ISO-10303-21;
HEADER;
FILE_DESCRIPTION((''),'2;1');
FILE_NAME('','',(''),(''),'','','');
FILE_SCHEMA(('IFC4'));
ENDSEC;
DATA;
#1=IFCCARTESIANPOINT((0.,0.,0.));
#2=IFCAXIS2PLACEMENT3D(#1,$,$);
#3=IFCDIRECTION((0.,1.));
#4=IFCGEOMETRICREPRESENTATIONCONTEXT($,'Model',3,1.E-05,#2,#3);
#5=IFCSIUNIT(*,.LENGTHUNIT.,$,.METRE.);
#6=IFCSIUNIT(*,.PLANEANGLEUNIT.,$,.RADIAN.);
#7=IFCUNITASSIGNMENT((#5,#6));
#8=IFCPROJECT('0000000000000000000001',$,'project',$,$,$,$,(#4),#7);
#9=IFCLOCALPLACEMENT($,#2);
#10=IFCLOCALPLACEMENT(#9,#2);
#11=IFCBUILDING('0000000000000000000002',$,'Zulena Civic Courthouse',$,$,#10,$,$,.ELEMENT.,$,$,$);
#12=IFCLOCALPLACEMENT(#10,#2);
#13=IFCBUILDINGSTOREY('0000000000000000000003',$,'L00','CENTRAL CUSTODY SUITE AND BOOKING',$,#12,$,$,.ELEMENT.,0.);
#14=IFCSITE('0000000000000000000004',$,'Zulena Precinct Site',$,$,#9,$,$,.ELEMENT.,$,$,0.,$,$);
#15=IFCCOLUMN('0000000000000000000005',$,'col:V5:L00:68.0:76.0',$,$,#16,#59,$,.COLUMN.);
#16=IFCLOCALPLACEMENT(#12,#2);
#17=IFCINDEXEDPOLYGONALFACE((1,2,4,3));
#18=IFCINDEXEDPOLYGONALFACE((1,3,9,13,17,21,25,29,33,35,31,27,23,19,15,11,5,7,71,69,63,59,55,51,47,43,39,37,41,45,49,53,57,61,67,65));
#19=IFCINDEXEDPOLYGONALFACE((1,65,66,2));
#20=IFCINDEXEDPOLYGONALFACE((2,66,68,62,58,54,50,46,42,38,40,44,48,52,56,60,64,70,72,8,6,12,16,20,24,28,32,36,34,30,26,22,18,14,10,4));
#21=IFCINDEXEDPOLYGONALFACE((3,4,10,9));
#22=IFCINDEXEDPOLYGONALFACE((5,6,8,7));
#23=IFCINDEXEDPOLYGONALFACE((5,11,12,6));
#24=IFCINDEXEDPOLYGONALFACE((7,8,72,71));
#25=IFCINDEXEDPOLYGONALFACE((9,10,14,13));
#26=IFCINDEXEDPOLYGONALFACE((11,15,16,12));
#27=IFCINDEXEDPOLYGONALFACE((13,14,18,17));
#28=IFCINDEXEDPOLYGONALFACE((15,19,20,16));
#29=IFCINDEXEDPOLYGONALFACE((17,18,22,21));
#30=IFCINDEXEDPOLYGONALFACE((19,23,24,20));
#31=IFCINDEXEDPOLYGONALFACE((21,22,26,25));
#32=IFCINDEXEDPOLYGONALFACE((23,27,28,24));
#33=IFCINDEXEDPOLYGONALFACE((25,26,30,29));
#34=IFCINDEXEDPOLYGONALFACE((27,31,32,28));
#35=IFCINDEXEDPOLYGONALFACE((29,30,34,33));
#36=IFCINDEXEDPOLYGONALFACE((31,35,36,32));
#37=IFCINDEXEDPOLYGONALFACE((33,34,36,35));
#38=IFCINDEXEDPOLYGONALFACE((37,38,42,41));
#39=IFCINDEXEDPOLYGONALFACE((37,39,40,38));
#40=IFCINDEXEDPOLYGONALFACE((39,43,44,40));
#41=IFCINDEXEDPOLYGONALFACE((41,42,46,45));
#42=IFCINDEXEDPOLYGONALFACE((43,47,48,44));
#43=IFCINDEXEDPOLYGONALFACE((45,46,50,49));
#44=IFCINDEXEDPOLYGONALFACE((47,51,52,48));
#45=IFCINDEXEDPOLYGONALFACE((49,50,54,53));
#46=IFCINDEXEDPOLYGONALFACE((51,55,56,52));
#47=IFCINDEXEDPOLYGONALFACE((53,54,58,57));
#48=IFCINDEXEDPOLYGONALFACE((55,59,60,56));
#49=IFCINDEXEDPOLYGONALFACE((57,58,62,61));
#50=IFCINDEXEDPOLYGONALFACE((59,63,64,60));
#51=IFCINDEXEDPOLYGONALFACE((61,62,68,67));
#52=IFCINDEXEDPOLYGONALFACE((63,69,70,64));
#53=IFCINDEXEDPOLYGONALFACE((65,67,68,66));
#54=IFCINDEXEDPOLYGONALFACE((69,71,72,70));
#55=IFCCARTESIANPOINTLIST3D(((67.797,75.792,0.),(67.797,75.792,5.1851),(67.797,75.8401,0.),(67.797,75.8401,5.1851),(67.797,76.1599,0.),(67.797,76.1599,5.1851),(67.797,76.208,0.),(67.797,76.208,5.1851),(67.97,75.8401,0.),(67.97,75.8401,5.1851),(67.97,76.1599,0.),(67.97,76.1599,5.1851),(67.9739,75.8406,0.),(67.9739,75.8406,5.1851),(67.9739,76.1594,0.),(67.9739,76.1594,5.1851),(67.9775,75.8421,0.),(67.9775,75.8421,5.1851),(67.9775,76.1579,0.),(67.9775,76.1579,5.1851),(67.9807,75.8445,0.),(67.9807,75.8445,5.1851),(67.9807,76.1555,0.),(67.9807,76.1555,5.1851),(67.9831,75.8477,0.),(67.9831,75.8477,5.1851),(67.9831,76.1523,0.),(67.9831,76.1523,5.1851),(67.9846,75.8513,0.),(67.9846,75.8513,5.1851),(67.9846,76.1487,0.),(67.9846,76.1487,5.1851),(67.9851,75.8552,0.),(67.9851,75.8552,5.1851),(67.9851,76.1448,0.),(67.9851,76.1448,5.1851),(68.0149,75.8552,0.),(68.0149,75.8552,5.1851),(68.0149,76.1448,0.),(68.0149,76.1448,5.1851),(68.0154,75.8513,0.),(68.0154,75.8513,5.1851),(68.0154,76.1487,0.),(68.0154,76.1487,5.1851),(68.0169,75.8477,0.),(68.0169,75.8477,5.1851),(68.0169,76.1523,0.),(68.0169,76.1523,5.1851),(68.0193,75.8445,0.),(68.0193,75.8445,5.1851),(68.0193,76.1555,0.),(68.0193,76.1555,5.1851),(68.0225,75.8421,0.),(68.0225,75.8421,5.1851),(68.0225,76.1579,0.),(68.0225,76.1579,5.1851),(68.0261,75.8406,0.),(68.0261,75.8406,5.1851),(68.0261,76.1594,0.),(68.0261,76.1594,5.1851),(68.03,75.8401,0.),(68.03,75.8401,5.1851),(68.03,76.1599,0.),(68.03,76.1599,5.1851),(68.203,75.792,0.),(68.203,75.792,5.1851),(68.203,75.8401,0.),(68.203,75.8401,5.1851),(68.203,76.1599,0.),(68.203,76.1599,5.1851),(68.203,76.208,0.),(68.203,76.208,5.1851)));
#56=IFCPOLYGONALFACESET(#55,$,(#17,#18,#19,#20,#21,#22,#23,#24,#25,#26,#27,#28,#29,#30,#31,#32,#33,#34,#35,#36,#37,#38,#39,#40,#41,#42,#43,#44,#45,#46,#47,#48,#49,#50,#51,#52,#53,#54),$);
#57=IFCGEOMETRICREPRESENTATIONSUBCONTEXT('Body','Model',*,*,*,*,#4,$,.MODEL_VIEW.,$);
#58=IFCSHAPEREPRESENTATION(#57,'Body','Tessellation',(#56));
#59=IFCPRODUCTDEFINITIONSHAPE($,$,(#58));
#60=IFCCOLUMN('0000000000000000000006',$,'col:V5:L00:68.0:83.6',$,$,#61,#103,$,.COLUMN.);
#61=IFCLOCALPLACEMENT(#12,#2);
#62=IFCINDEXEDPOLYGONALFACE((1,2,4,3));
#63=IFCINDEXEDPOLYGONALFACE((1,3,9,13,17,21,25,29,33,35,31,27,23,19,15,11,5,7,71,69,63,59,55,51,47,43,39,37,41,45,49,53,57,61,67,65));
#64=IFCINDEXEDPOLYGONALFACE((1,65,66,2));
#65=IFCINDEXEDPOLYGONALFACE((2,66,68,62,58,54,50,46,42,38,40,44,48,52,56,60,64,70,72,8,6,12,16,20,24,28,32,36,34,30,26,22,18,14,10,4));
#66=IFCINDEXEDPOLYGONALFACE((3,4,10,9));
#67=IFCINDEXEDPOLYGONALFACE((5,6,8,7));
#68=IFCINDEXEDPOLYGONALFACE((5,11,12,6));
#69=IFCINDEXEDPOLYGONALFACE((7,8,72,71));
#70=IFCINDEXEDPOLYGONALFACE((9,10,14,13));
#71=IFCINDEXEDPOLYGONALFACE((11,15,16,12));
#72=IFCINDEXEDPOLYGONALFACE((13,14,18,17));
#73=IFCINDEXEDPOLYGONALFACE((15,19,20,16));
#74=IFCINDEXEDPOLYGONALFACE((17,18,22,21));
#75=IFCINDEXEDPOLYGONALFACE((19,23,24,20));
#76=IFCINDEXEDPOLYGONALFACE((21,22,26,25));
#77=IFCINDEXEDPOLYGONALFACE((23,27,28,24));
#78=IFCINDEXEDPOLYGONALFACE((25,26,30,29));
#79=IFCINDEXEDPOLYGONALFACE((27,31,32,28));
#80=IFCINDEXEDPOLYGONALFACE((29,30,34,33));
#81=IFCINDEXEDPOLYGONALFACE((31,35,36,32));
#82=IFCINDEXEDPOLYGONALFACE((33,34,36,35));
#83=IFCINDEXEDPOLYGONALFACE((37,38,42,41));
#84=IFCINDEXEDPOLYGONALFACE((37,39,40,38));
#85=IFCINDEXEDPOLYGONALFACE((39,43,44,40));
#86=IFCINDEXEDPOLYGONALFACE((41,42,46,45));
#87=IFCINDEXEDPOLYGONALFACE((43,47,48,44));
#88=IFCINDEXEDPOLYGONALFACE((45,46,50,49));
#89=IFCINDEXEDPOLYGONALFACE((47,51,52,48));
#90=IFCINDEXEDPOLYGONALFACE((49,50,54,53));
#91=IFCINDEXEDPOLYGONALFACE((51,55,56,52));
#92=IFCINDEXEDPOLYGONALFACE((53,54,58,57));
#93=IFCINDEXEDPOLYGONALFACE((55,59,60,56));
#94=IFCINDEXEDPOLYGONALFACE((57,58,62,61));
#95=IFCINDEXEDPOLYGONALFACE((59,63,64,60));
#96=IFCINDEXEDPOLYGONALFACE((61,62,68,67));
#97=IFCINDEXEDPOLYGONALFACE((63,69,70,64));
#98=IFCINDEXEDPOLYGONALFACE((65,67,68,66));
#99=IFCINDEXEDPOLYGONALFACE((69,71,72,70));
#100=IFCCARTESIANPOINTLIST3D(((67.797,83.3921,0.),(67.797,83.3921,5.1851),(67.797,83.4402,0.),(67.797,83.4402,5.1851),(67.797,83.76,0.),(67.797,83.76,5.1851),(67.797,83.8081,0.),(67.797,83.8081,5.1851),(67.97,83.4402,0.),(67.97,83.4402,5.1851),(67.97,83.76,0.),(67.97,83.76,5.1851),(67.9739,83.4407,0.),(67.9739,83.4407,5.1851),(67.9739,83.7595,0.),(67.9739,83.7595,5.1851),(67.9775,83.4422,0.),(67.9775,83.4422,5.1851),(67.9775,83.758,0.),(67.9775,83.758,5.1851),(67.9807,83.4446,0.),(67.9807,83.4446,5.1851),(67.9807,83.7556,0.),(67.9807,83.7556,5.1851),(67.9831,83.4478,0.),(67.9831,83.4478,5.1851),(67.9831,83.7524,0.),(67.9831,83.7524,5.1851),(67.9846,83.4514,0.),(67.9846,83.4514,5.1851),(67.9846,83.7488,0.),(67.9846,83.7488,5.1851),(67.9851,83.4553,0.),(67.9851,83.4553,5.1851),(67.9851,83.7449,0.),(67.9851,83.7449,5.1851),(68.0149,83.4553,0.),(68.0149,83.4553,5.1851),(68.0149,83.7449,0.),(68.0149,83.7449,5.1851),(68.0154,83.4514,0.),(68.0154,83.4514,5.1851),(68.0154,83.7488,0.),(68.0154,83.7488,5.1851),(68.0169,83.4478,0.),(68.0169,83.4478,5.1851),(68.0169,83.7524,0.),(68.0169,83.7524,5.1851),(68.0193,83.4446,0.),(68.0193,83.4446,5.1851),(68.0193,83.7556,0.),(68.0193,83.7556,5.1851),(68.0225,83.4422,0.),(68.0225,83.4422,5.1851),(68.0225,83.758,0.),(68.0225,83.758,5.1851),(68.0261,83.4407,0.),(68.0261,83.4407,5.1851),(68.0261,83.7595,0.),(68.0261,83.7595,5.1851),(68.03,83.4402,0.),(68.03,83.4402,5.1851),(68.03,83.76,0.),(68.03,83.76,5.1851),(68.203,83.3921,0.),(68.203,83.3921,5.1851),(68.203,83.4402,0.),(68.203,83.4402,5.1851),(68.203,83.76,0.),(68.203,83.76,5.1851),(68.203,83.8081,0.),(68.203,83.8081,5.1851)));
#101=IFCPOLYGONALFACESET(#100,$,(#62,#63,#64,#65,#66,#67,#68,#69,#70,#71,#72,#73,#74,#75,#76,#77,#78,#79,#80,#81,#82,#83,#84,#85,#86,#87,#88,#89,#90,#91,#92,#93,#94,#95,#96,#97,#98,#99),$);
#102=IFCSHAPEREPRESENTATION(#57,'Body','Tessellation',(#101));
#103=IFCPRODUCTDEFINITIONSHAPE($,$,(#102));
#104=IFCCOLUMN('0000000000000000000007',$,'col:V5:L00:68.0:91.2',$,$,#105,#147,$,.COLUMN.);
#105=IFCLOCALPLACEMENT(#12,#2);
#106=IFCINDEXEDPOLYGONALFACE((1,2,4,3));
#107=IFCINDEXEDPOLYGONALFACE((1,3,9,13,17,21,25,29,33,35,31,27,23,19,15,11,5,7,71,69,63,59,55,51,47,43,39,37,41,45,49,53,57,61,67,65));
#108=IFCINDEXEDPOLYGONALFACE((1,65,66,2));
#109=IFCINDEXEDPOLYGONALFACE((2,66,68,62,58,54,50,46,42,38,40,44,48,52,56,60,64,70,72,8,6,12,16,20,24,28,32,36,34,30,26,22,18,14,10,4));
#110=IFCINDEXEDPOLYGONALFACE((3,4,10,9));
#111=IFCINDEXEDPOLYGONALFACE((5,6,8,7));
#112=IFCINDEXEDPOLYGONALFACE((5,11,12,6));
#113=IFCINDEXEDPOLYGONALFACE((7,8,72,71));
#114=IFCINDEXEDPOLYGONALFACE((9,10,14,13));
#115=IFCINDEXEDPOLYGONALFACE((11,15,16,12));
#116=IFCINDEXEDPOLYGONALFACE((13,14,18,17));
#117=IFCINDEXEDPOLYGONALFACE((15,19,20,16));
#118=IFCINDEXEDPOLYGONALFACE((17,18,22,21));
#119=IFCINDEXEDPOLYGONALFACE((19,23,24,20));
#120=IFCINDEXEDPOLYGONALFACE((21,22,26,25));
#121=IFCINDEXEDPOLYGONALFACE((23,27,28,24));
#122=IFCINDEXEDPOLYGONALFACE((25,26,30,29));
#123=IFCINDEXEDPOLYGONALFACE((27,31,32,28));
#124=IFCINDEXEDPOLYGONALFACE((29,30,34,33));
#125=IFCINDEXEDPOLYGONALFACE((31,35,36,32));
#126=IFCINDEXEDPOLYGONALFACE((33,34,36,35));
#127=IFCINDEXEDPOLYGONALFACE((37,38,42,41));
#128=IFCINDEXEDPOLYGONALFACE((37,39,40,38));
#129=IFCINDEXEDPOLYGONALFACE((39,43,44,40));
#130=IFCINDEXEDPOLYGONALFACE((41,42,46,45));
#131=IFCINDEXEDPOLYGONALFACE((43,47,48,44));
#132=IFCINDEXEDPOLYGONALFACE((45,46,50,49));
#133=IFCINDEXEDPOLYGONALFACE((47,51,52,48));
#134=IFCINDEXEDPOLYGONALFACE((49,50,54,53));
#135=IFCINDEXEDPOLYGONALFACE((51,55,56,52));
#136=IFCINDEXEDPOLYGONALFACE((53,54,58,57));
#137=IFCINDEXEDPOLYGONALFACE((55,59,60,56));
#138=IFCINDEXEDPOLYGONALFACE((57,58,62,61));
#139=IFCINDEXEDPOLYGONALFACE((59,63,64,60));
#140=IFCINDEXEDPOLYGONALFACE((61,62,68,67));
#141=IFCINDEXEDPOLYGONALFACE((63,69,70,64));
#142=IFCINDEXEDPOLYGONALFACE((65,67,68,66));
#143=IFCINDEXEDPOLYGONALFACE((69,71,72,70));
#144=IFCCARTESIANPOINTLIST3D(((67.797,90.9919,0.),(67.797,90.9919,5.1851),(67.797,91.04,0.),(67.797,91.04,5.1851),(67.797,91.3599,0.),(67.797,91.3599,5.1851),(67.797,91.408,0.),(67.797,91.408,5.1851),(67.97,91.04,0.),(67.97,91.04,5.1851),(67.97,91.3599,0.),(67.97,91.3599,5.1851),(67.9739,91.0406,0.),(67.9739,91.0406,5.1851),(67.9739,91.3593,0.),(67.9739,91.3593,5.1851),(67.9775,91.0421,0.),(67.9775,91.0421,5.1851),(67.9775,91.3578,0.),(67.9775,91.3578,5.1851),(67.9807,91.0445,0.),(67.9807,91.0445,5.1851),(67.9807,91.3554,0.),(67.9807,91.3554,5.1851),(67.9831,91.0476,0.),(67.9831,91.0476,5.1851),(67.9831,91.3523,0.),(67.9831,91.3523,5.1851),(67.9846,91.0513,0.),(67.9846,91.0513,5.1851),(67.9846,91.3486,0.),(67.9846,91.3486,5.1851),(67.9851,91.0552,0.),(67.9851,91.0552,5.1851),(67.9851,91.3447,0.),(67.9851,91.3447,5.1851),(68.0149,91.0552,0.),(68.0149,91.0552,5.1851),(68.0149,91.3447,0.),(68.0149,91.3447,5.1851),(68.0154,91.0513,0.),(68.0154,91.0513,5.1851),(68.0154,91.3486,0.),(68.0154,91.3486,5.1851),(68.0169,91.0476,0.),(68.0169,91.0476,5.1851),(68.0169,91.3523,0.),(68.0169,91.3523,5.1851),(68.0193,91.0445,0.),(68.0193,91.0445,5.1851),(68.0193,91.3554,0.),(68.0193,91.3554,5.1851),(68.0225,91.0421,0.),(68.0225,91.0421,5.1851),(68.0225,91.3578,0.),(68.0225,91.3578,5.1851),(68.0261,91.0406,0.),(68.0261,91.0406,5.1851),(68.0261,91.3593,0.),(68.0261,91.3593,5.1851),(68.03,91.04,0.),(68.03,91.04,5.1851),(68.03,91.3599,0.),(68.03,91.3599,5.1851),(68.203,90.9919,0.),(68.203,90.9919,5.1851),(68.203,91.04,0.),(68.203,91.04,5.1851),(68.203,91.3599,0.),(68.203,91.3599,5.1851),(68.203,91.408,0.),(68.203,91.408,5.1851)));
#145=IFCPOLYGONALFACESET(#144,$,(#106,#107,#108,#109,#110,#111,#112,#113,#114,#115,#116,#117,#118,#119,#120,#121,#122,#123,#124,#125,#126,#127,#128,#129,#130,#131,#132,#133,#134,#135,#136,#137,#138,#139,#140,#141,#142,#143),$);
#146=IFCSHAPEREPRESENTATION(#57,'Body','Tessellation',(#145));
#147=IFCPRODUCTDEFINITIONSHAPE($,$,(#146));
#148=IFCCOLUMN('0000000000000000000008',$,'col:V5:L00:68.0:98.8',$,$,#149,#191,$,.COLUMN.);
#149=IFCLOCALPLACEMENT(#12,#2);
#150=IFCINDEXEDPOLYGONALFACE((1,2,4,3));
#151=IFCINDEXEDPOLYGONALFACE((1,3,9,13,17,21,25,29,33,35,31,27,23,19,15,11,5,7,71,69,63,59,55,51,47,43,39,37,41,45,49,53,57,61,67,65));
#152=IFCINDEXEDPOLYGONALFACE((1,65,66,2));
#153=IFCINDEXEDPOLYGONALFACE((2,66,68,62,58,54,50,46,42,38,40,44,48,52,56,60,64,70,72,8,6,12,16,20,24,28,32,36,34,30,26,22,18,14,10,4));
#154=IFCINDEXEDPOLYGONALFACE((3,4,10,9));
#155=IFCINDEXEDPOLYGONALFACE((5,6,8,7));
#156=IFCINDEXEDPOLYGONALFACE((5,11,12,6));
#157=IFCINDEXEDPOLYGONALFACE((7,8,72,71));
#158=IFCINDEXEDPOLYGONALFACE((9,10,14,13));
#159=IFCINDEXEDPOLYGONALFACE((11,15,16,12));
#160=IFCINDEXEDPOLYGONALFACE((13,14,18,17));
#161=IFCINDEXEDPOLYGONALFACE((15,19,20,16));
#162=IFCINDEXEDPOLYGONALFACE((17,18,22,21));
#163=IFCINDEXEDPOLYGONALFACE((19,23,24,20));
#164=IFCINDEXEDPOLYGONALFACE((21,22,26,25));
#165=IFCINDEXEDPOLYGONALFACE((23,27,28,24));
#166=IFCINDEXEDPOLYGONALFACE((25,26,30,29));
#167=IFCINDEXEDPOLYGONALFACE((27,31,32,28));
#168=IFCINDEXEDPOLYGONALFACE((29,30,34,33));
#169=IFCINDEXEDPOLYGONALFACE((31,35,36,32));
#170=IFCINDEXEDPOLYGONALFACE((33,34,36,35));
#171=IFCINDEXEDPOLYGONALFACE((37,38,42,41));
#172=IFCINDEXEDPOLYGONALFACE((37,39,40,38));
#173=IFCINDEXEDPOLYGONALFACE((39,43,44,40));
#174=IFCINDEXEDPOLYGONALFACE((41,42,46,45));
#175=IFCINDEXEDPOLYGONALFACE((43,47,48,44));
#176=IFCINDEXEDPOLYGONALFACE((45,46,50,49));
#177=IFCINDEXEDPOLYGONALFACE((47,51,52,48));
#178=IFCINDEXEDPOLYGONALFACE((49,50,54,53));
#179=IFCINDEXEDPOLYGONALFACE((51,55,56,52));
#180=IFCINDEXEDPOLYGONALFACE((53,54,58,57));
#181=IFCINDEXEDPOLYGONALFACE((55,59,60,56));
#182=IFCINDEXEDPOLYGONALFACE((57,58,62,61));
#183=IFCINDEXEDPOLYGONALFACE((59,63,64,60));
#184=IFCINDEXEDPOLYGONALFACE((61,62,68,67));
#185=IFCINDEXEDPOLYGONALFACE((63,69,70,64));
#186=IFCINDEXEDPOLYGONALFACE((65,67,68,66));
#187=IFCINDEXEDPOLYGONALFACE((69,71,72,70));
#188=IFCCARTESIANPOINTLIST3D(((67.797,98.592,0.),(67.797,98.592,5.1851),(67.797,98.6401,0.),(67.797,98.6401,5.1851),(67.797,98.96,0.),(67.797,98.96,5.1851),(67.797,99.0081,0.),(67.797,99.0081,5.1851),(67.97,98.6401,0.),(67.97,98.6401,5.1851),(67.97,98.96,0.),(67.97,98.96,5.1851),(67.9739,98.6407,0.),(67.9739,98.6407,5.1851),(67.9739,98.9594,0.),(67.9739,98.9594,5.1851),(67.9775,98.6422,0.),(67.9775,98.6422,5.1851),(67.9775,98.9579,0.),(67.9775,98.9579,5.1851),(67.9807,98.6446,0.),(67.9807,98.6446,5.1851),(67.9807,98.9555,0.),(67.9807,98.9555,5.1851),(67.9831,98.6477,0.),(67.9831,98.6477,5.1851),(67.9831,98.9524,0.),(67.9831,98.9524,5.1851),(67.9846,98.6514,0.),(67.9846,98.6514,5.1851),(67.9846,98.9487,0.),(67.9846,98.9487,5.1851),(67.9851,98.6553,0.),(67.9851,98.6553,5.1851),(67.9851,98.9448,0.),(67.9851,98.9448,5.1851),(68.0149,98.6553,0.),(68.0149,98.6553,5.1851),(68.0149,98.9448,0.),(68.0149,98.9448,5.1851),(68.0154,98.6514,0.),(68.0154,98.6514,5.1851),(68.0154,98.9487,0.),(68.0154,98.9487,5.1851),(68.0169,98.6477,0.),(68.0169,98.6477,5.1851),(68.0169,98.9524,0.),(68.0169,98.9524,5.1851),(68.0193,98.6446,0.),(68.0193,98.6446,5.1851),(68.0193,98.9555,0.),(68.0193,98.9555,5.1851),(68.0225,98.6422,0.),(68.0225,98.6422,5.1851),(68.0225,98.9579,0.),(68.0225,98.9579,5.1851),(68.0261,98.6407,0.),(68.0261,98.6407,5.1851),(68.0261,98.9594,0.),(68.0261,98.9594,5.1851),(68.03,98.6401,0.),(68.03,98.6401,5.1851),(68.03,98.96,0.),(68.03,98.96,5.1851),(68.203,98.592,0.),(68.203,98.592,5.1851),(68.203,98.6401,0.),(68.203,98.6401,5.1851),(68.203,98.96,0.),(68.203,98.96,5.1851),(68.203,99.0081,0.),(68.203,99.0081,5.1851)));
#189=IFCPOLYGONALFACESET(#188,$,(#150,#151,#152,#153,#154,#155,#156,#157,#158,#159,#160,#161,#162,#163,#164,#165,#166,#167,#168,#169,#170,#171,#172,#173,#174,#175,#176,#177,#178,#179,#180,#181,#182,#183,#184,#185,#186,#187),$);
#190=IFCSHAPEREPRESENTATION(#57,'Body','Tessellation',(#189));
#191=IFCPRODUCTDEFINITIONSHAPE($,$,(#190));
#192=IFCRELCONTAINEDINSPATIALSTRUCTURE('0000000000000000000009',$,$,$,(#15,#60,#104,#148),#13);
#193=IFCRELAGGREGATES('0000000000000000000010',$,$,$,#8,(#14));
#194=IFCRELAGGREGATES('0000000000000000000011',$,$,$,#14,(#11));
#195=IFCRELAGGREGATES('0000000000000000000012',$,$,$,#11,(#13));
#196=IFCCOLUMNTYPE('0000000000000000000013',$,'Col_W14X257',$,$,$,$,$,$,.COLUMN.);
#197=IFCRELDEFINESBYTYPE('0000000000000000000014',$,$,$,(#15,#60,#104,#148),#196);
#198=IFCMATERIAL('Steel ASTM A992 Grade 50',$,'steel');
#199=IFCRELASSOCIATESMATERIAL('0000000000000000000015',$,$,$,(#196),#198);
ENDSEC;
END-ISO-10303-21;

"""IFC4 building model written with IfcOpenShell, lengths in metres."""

from ifc_helpers import new_model, si_unit, direction, frame, origin, origin_2d, place, context, subcontext, project, spatial, i_section, extrude, material, material_profile, profile_set, type_object, element, save


model = new_model("IFC4")

# Units and contexts
model_context = context("Model", 3, precision=1e-05, world=origin(), true_north=direction((0.0, 1.0)))
body_context = subcontext(model_context, "Body", "Model", "MODEL_VIEW")
ifc_project = project(units=[si_unit("LENGTHUNIT", "METRE"), si_unit("PLANEANGLEUNIT", "RADIAN")], contexts=[model_context])

# Site, building, storey
site_placement = place(None, origin())
site = spatial("IfcSite", under=ifc_project, at=site_placement, Name="Zulena Precinct Site", CompositionType="ELEMENT", RefElevation=0.0)
building_placement = place(site_placement, origin())
building = spatial("IfcBuilding", under=site, at=building_placement, Name="Zulena Civic Courthouse", CompositionType="ELEMENT")
storey_placement = place(building_placement, origin())
storey = spatial("IfcBuildingStorey", under=building, at=storey_placement, Name="L00", Description="CENTRAL CUSTODY SUITE AND BOOKING", CompositionType="ELEMENT", Elevation=0.0)

# Columns
ifc_material_1 = material(Name="Steel ASTM A992 Grade 50", Category="steel")
ifc_material_profile_1 = material_profile(ifc_material_1, i_section(OverallWidth=0.406, OverallDepth=0.416, WebThickness=0.0298, FlangeThickness=0.0481, FilletRadius=0.0151, at=origin_2d()), Name="W14X257")
ifc_profile_set_1 = profile_set([ifc_material_profile_1], Name="Steel ASTM A992 Grade 50")
column_type_1 = type_object("IfcColumnType", Name="Col_W14X257", PredefinedType="COLUMN", material=ifc_profile_set_1)
for number, where, z_axis, x_axis, name in (
    (1, (68.0, 76.0, 0.0), (0.0, 0.0, 1.0), (1.0, 0.0, 0.0), "col:V5:L00:68.0:76.0"),
    (2, (68.0, 83.6001, 0.0), (0.0, 0.0, 1.0), (1.0, 0.0, 0.0), "col:V5:L00:68.0:83.6"),
    (3, (68.0, 91.2, 0.0), (0.0, 0.0, 1.0), (1.0, 0.0, 0.0), "col:V5:L00:68.0:91.2"),
    (4, (68.0, 98.8, 0.0), (0.0, 0.0, 1.0), (1.0, 0.0, 0.0), "col:V5:L00:68.0:98.8"),
):
    element("IfcColumn", number, at=place(storey_placement, frame(where, z_axis=z_axis, x_axis=x_axis)), inside=storey, type_object=column_type_1, Name=name, PredefinedType="COLUMN", context=body_context, shape_type="SweptSolid", body=[
        extrude(i_section(OverallWidth=0.406, OverallDepth=0.416, WebThickness=0.0298, FlangeThickness=0.0481, FilletRadius=0.0151, at=origin_2d()), origin(), (0.0, 0.0, 1.0), 5.1851),
    ])

save(model, "model.ifc")
